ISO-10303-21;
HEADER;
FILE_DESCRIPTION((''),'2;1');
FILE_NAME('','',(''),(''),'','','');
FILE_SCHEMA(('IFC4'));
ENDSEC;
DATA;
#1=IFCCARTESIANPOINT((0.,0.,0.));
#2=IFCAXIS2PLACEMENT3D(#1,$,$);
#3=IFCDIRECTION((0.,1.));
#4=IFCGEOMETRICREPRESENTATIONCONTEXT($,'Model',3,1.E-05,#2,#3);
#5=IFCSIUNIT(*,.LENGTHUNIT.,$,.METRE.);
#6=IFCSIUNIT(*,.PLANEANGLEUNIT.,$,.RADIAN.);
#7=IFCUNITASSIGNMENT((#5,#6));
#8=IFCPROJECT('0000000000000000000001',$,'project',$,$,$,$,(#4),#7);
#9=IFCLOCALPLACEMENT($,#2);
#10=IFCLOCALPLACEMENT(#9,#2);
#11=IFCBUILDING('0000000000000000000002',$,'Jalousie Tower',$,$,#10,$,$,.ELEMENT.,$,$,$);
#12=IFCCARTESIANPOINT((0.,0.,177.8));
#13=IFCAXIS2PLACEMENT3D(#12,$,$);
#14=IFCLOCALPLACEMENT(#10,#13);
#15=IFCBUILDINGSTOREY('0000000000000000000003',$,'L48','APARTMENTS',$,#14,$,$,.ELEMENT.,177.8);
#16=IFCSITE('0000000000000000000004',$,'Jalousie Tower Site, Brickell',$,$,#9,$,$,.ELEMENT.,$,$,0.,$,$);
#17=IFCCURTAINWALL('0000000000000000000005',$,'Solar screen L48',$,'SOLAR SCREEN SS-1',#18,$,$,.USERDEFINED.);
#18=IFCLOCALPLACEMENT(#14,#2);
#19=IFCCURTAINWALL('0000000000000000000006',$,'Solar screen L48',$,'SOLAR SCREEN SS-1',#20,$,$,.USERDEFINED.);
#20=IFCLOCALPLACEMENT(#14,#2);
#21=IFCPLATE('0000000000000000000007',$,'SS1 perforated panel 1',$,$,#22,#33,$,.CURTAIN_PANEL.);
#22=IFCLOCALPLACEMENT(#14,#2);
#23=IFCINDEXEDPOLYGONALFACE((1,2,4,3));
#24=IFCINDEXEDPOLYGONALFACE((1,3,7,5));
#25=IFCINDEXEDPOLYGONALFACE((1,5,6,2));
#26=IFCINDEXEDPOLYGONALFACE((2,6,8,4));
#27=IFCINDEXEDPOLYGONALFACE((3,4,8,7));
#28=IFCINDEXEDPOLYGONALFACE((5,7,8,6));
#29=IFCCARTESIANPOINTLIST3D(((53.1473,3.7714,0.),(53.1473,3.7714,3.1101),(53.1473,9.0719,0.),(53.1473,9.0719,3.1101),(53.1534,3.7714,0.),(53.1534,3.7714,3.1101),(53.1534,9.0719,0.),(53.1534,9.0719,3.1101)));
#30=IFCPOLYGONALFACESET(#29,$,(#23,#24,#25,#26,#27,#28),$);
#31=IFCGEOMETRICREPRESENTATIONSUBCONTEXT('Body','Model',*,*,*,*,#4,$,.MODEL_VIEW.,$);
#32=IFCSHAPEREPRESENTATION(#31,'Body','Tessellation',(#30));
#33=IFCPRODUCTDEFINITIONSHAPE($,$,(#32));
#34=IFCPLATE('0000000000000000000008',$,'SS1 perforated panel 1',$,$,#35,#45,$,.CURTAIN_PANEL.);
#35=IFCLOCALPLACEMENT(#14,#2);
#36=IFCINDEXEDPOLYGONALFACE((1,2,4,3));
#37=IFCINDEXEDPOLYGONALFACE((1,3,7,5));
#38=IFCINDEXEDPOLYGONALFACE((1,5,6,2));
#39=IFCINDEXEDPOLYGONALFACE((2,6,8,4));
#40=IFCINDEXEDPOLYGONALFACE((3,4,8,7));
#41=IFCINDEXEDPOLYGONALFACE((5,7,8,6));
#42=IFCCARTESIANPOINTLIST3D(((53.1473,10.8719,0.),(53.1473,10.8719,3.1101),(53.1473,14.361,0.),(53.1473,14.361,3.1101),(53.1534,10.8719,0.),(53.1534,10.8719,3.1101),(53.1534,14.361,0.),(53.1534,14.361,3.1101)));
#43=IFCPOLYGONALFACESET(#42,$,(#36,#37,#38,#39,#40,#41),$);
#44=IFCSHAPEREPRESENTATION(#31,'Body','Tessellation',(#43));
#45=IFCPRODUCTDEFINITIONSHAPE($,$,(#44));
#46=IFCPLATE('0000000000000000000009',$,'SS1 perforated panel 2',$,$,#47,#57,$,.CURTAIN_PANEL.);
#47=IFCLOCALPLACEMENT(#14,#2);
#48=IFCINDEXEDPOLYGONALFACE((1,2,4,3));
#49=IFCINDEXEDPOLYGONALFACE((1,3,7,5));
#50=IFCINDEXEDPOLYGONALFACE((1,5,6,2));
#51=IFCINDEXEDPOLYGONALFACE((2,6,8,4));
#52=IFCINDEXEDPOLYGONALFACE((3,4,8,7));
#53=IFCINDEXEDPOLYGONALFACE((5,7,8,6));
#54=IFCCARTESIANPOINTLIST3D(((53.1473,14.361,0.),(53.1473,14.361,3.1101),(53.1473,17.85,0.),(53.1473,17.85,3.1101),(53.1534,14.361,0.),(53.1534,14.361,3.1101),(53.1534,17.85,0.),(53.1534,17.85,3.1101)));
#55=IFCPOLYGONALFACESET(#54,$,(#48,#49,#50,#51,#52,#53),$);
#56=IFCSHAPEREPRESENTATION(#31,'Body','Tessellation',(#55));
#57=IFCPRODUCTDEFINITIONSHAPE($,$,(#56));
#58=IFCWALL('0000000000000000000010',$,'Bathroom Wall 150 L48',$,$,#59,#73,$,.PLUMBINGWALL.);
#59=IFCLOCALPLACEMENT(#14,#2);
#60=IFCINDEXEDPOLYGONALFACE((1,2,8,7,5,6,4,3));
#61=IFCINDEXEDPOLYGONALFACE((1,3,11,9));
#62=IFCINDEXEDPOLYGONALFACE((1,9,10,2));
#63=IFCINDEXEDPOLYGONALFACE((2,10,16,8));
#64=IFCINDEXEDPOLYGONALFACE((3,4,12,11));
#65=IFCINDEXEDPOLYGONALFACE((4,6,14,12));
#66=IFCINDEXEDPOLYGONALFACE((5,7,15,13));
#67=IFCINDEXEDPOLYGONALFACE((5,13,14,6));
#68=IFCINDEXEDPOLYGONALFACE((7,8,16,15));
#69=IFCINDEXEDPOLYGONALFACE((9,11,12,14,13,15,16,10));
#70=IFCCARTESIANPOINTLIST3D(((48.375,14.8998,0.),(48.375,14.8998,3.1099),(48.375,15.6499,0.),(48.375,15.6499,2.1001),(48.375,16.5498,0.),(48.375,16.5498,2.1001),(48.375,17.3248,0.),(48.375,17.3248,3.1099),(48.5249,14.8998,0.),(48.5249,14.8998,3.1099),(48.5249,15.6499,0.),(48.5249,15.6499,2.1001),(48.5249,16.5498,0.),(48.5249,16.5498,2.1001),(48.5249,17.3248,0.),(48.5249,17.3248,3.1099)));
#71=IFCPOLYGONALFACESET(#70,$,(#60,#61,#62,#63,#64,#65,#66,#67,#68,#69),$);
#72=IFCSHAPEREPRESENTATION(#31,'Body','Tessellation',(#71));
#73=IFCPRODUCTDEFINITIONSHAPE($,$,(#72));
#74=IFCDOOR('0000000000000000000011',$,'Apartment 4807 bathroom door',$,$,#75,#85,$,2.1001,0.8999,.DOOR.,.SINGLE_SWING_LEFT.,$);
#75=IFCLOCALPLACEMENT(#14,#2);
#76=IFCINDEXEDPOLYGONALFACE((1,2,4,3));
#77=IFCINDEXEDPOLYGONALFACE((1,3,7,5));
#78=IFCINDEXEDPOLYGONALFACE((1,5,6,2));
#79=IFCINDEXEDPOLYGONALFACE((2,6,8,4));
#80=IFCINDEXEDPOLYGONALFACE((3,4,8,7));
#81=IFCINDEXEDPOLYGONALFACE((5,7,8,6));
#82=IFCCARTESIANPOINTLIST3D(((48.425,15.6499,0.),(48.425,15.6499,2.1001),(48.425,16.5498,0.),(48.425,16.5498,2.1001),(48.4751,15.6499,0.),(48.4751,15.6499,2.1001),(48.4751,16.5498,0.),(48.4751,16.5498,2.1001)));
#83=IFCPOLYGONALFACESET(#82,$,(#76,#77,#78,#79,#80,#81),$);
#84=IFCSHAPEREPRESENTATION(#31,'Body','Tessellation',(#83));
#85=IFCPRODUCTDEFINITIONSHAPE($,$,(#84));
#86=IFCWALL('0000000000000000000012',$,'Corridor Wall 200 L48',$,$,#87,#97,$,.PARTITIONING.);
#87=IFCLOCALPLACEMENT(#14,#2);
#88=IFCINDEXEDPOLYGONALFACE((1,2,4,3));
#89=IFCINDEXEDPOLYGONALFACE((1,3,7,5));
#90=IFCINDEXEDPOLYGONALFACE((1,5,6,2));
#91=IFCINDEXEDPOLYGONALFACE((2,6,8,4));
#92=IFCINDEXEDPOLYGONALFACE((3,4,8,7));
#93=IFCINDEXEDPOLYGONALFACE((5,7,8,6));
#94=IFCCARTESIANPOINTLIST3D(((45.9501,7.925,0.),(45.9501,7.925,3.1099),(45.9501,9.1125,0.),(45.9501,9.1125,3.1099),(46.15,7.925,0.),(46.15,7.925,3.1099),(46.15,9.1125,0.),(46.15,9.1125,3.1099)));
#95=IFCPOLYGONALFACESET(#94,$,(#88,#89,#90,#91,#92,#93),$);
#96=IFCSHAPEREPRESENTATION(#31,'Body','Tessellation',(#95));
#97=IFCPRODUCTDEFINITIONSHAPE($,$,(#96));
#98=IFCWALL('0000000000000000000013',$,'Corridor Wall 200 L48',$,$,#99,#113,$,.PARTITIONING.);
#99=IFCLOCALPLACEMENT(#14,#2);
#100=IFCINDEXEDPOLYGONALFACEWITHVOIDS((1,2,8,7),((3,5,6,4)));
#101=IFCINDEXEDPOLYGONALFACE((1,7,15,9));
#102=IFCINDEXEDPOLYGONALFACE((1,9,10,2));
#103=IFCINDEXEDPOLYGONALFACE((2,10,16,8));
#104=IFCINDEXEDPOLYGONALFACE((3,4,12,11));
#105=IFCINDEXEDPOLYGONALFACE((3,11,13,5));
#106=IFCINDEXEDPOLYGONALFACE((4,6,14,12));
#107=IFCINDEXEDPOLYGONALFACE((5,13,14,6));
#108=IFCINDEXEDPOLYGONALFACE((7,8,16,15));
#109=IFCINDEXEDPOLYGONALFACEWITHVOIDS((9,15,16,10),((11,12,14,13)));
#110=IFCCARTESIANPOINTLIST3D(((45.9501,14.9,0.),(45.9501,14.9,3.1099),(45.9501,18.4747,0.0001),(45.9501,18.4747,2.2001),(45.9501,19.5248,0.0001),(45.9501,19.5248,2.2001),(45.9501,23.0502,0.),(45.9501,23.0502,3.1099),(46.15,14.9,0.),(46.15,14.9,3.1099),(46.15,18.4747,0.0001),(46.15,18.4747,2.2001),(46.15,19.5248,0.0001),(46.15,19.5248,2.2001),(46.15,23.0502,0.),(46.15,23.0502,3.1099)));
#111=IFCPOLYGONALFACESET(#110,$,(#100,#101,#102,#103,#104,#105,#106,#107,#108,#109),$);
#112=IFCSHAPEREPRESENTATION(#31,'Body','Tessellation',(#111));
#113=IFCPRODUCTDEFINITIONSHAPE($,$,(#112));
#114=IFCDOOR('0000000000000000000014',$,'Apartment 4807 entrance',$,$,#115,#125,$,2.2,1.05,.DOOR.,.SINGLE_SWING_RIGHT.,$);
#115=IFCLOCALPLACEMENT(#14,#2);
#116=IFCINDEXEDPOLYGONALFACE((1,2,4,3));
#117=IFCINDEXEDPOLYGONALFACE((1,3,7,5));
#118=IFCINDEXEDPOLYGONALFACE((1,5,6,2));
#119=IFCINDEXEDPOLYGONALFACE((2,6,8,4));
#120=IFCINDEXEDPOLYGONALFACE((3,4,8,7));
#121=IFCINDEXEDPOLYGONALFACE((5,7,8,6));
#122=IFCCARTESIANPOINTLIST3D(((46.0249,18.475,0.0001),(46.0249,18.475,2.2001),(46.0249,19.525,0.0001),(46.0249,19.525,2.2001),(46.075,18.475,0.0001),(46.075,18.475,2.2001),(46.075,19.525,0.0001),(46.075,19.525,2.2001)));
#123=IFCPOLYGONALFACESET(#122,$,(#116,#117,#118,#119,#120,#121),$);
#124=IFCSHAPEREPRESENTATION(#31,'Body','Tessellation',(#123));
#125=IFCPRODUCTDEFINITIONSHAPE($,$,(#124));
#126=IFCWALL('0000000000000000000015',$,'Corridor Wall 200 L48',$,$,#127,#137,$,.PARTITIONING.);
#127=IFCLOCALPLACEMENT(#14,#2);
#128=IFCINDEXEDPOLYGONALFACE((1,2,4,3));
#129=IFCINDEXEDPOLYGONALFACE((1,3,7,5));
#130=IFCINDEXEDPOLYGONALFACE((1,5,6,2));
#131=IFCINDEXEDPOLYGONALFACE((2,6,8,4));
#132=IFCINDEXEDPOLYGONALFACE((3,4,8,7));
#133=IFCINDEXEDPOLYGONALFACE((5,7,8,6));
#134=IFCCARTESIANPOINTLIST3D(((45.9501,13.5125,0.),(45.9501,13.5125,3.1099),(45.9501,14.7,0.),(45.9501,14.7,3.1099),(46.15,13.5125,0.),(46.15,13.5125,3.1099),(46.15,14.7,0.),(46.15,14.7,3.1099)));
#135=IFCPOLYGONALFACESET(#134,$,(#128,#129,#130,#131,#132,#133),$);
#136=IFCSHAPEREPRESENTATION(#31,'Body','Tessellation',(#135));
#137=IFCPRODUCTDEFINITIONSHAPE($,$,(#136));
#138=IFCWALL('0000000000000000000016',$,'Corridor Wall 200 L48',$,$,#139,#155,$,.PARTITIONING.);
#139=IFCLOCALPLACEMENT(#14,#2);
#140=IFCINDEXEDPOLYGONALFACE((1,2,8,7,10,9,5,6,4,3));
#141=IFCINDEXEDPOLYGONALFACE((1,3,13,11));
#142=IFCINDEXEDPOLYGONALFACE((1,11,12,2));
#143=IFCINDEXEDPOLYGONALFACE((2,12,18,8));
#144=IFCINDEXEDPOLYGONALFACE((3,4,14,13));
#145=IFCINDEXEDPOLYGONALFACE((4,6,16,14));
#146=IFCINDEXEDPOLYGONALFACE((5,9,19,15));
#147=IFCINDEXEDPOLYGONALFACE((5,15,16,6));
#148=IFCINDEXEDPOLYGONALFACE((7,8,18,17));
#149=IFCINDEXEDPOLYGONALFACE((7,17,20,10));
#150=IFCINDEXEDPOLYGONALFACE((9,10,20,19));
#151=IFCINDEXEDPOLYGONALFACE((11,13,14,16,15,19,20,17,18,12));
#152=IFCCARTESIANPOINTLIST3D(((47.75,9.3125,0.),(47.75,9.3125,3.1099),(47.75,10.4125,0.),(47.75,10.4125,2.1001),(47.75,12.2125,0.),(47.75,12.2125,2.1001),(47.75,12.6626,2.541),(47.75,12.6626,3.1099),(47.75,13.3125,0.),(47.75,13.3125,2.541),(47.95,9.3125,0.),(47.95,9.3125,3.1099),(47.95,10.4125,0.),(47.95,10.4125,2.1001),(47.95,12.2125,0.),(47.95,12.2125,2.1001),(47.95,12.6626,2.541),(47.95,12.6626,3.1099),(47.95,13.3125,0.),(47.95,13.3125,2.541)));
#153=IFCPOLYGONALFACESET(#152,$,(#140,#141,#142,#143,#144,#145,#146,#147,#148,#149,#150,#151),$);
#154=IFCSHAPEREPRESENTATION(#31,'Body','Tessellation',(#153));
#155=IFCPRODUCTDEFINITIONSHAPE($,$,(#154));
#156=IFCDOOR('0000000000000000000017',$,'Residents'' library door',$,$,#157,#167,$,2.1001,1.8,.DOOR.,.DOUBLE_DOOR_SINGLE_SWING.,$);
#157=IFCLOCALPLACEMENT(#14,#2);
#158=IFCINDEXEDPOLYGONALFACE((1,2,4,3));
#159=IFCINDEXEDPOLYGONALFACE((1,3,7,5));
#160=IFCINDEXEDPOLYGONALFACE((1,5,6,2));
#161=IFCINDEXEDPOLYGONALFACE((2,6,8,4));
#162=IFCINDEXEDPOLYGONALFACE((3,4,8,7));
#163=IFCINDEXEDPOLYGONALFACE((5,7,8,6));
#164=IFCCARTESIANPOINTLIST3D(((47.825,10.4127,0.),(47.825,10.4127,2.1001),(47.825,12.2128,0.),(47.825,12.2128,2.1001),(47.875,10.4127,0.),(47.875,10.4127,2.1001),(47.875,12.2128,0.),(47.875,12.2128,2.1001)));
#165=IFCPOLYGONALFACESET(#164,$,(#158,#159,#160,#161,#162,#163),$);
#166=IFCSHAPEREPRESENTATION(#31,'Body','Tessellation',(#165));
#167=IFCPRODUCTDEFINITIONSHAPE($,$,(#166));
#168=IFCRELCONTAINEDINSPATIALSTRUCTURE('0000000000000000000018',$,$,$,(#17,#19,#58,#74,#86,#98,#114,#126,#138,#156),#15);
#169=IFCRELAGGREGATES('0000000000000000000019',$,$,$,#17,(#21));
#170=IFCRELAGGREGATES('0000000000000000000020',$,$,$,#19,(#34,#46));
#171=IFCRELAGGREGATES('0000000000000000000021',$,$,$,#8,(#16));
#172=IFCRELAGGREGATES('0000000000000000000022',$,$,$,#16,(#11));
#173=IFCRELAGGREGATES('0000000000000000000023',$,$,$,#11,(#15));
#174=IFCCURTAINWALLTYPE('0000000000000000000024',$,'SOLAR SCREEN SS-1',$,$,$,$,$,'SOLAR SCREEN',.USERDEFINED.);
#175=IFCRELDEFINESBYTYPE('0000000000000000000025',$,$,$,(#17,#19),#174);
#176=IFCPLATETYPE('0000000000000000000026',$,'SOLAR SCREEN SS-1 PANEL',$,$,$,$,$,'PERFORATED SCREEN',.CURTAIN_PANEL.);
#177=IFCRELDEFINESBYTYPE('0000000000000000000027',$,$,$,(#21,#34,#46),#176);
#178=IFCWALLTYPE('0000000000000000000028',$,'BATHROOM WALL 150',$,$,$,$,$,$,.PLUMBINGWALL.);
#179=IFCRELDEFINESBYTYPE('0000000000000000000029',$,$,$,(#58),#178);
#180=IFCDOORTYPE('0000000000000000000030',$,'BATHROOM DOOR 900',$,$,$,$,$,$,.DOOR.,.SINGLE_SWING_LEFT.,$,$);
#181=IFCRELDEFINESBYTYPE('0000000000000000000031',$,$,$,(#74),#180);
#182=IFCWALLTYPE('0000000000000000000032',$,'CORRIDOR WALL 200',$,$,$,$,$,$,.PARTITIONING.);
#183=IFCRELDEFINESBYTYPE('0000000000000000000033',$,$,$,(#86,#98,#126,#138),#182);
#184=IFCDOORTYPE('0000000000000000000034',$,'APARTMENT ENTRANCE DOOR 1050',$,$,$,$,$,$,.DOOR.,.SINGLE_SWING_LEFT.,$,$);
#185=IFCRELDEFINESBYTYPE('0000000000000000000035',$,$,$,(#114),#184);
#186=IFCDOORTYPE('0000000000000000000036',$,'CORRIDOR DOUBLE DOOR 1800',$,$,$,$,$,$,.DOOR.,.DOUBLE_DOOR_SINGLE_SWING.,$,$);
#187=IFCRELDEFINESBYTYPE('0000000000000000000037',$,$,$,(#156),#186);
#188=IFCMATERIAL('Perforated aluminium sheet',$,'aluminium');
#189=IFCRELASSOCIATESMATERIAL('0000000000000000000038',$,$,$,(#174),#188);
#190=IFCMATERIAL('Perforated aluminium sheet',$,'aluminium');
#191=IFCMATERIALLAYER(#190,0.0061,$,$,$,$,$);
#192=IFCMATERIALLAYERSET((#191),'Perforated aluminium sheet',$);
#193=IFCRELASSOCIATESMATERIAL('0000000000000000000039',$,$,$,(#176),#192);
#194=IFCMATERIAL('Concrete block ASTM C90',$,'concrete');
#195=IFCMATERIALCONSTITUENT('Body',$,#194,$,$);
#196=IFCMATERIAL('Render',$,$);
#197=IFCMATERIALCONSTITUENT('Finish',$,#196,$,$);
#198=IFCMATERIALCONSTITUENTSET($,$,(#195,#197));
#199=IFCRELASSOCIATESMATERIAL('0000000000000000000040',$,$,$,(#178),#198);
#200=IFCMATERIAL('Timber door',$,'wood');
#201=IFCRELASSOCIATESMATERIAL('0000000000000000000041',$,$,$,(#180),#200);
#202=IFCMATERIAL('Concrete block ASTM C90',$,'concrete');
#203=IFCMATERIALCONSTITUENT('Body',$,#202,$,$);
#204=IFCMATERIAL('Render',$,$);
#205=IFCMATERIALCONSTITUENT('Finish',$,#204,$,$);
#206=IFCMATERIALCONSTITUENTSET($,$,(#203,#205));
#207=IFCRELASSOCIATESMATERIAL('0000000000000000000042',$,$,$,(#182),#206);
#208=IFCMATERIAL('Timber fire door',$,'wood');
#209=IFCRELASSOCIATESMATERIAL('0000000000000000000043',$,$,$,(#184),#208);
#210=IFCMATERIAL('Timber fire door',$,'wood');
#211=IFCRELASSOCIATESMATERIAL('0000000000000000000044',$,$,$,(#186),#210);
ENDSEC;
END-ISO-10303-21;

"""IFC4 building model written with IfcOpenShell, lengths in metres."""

from ifc_helpers import new_model, si_unit, direction, frame, frame_2d, origin, origin_2d, place, context, subcontext, project, spatial, polyline, rectangle, outline, extrude, material, layer, layer_set, constituent, constituent_set, type_object, element, fill, aggregate, save


model = new_model("IFC4")

# Units and contexts
model_context = context("Model", 3, precision=1e-05, world=origin(), true_north=direction((0.0, 1.0)))
body_context = subcontext(model_context, "Body", "Model", "MODEL_VIEW")
ifc_project = project(units=[si_unit("LENGTHUNIT", "METRE"), si_unit("PLANEANGLEUNIT", "RADIAN")], contexts=[model_context])

# Site, building, storey
site_placement = place(None, origin())
site = spatial("IfcSite", under=ifc_project, at=site_placement, Name="Jalousie Tower Site, Brickell", CompositionType="ELEMENT", RefElevation=0.0)
building_placement = place(site_placement, origin())
building = spatial("IfcBuilding", under=site, at=building_placement, Name="Jalousie Tower", CompositionType="ELEMENT")
storey_placement = place(building_placement, frame((0.0, 0.0, 177.8)))
storey = spatial("IfcBuildingStorey", under=building, at=storey_placement, Name="L48", Description="APARTMENTS", CompositionType="ELEMENT", Elevation=177.8)

# Curtain wall
ifc_material_1 = material(Name="Perforated aluminium sheet", Category="aluminium")
curtain_wall_type = type_object("IfcCurtainWallType", Name="SOLAR SCREEN SS-1", ElementType="SOLAR SCREEN", PredefinedType="USERDEFINED", material=ifc_material_1)
curtain_wall_1_placement = place(storey_placement, origin())
curtain_wall_1 = element("IfcCurtainWall", 1, at=curtain_wall_1_placement, inside=storey, type_object=curtain_wall_type, Name="Solar screen L48", ObjectType="SOLAR SCREEN SS-1", PredefinedType="USERDEFINED")

# Curtain wall
curtain_wall_2_placement = place(storey_placement, origin())
curtain_wall_2 = element("IfcCurtainWall", 2, at=curtain_wall_2_placement, inside=storey, type_object=curtain_wall_type, Name="Solar screen L48", ObjectType="SOLAR SCREEN SS-1", PredefinedType="USERDEFINED")

# Plates
ifc_material_2 = material(Name="Perforated aluminium sheet", Category="aluminium")
ifc_layer_1 = layer(ifc_material_2, 0.0061)
ifc_layer_set_1 = layer_set([ifc_layer_1], Name="Perforated aluminium sheet")
plate_type = type_object("IfcPlateType", Name="SOLAR SCREEN SS-1 PANEL", ElementType="PERFORATED SCREEN", PredefinedType="CURTAIN_PANEL", material=ifc_layer_set_1)
plate_1_placement = place(storey_placement, frame((53.1504, 6.4216, 0.0), z_axis=(0.0, 0.0, 1.0), x_axis=(0.0, 1.0, 0.0)))
plate_1 = element("IfcPlate", 3, at=plate_1_placement, type_object=plate_type, Name="SS1 perforated panel 1", PredefinedType="CURTAIN_PANEL", context=body_context, shape_type="SweptSolid", body=[
    extrude(rectangle(XDim=5.3005, YDim=0.0061, at=origin_2d()), origin(), (0.0, 0.0, 1.0), 3.1101),
])
aggregate(curtain_wall_1, [plate_1])
plate_2_placement = place(storey_placement, frame((53.1504, 12.6165, 0.0), z_axis=(0.0, 0.0, 1.0), x_axis=(0.0, 1.0, 0.0)))
plate_2 = element("IfcPlate", 4, at=plate_2_placement, type_object=plate_type, Name="SS1 perforated panel 1", PredefinedType="CURTAIN_PANEL", context=body_context, shape_type="SweptSolid", body=[
    extrude(rectangle(XDim=3.489, YDim=0.0061, at=origin_2d()), origin(), (0.0, 0.0, 1.0), 3.1101),
])
plate_3_placement = place(storey_placement, frame((53.1504, 16.1055, 0.0), z_axis=(0.0, 0.0, 1.0), x_axis=(0.0, 1.0, 0.0)))
plate_3 = element("IfcPlate", 5, at=plate_3_placement, type_object=plate_type, Name="SS1 perforated panel 2", PredefinedType="CURTAIN_PANEL", context=body_context, shape_type="SweptSolid", body=[
    extrude(rectangle(XDim=3.489, YDim=0.0061, at=origin_2d()), origin(), (0.0, 0.0, 1.0), 3.1101),
])
aggregate(curtain_wall_2, [plate_2, plate_3])

# Wall, opening, door
ifc_material_3 = material(Name="Concrete block ASTM C90", Category="concrete")
ifc_constituent_1 = constituent(ifc_material_3, Name="Body")
ifc_material_4 = material(Name="Render")
ifc_constituent_2 = constituent(ifc_material_4, Name="Finish")
ifc_constituent_set_1 = constituent_set(constituents=[ifc_constituent_1, ifc_constituent_2])
wall_type_1 = type_object("IfcWallType", Name="BATHROOM WALL 150", PredefinedType="PLUMBINGWALL", material=ifc_constituent_set_1)
wall_1_placement = place(storey_placement, frame((48.45, 14.8999, 0.0), z_axis=(0.0, 0.0, 1.0), x_axis=(0.0, 1.0, 0.0)))
wall_1 = element("IfcWall", 6, at=wall_1_placement, inside=storey, type_object=wall_type_1, Name="Bathroom Wall 150 L48", PredefinedType="PLUMBINGWALL", context=body_context, shape_type="SweptSolid", body=[
    extrude(rectangle(XDim=2.425, YDim=0.1499, at=frame_2d((1.2124, 0.0))), origin(), (0.0, 0.0, 1.0), 3.1099),
])
opening_1_placement = place(wall_1_placement, frame((0.75, 0.0, 0.0)))
opening_1 = element("IfcOpeningElement", 7, at=opening_1_placement, cuts=wall_1, PredefinedType="OPENING", context=body_context, shape_type="SweptSolid", body=[
    extrude(rectangle(XDim=0.8999, YDim=2.1001, at=frame_2d((0.45, 1.05))), frame((0.0, 0.085, 0.0), z_axis=(0.0, -1.0, 0.0), x_axis=(1.0, 0.0, 0.0)), (0.0, 0.0, 1.0), 0.1699),
])
ifc_material_5 = material(Name="Timber door", Category="wood")
door_type_1 = type_object("IfcDoorType", Name="BATHROOM DOOR 900", OperationType="SINGLE_SWING_LEFT", PredefinedType="DOOR", material=ifc_material_5)
door_1_placement = place(opening_1_placement, origin())
door_1 = element("IfcDoor", 8, at=door_1_placement, inside=storey, type_object=door_type_1, Name="Apartment 4807 bathroom door", OperationType="SINGLE_SWING_LEFT", OverallHeight=2.1001, OverallWidth=0.8999, PredefinedType="DOOR", context=body_context, shape_type="SweptSolid", body=[
    extrude(rectangle(XDim=0.8999, YDim=2.1001, at=frame_2d((0.45, 1.05))), frame((0.0, 0.0249, 0.0), z_axis=(0.0, -1.0, 0.0), x_axis=(1.0, 0.0, 0.0)), (0.0, 0.0, 1.0), 0.05),
])
fill(opening_1, door_1)

# Wall
ifc_material_6 = material(Name="Concrete block ASTM C90", Category="concrete")
ifc_constituent_3 = constituent(ifc_material_6, Name="Body")
ifc_material_7 = material(Name="Render")
ifc_constituent_4 = constituent(ifc_material_7, Name="Finish")
ifc_constituent_set_2 = constituent_set(constituents=[ifc_constituent_3, ifc_constituent_4])
wall_type_2 = type_object("IfcWallType", Name="CORRIDOR WALL 200", PredefinedType="PARTITIONING", material=ifc_constituent_set_2)
wall_2_placement = place(storey_placement, frame((46.05, 7.925, 0.0), z_axis=(0.0, 0.0, 1.0), x_axis=(0.0, 1.0, 0.0)))
element("IfcWall", 9, at=wall_2_placement, inside=storey, type_object=wall_type_2, Name="Corridor Wall 200 L48", PredefinedType="PARTITIONING", context=body_context, shape_type="SweptSolid", body=[
    extrude(rectangle(XDim=1.1875, YDim=0.2, at=frame_2d((0.5938, 0.0))), origin(), (0.0, 0.0, 1.0), 3.1099),
])

# Wall, opening, door
wall_3_placement = place(storey_placement, frame((46.05, 14.8999, 0.0), z_axis=(0.0, 0.0, 1.0), x_axis=(0.0, 1.0, 0.0)))
wall_3 = element("IfcWall", 10, at=wall_3_placement, inside=storey, type_object=wall_type_2, Name="Corridor Wall 200 L48", PredefinedType="PARTITIONING", context=body_context, shape_type="SweptSolid", body=[
    extrude(rectangle(XDim=8.1501, YDim=0.2, at=frame_2d((4.0752, 0.0))), origin(), (0.0, 0.0, 1.0), 3.1099),
])
opening_2_placement = place(wall_3_placement, frame((3.575, 0.0, 0.0)))
opening_2 = element("IfcOpeningElement", 11, at=opening_2_placement, cuts=wall_3, PredefinedType="OPENING", context=body_context, shape_type="SweptSolid", body=[
    extrude(rectangle(XDim=1.05, YDim=2.2, at=frame_2d((0.5249, 1.1001))), frame((0.0, 0.1099, 0.0), z_axis=(0.0, -1.0, 0.0), x_axis=(1.0, 0.0, 0.0)), (0.0, 0.0, 1.0), 0.22),
])
ifc_material_8 = material(Name="Timber fire door", Category="wood")
door_type_2 = type_object("IfcDoorType", Name="APARTMENT ENTRANCE DOOR 1050", OperationType="SINGLE_SWING_LEFT", PredefinedType="DOOR", material=ifc_material_8)
door_2_placement = place(opening_2_placement, frame((1.05, 0.0, 0.0), z_axis=(0.0, 0.0, 1.0), x_axis=(-1.0, 0.0, 0.0)))
door_2 = element("IfcDoor", 12, at=door_2_placement, inside=storey, type_object=door_type_2, Name="Apartment 4807 entrance", OperationType="SINGLE_SWING_RIGHT", OverallHeight=2.2, OverallWidth=1.05, PredefinedType="DOOR", context=body_context, shape_type="SweptSolid", body=[
    extrude(rectangle(XDim=1.05, YDim=2.2, at=frame_2d((0.5249, 1.1001))), frame((0.0, 0.0249, 0.0), z_axis=(0.0, -1.0, 0.0), x_axis=(1.0, 0.0, 0.0)), (0.0, 0.0, 1.0), 0.05),
])
fill(opening_2, door_2)

# Wall
wall_4_placement = place(storey_placement, frame((46.05, 13.5125, 0.0), z_axis=(0.0, 0.0, 1.0), x_axis=(0.0, 1.0, 0.0)))
element("IfcWall", 13, at=wall_4_placement, inside=storey, type_object=wall_type_2, Name="Corridor Wall 200 L48", PredefinedType="PARTITIONING", context=body_context, shape_type="SweptSolid", body=[
    extrude(rectangle(XDim=1.1875, YDim=0.2, at=frame_2d((0.5938, 0.0))), origin(), (0.0, 0.0, 1.0), 3.1099),
])

# Wall, opening, door
wall_5_placement = place(storey_placement, frame((47.8501, 9.3125, 0.0), z_axis=(0.0, 0.0, 1.0), x_axis=(0.0, 1.0, 0.0)))
wall_5 = element("IfcWall", 14, at=wall_5_placement, inside=storey, type_object=wall_type_2, Name="Corridor Wall 200 L48", PredefinedType="PARTITIONING", context=body_context, shape_type="SweptSolid", body=[
    extrude(outline(polyline([(0.0, 0.0), (4.0, 0.0), (4.0, 3.1099), (4.0, 2.541), (3.3501, 2.541), (3.3501, 3.1099), (0.0, 3.1099), (0.0, 0.0)])), frame((0.0, 0.1001, 0.0), z_axis=(0.0, -1.0, 0.0), x_axis=(1.0, 0.0, 0.0)), (0.0, 0.0, 1.0), 0.2),
])
opening_3_placement = place(wall_5_placement, frame((1.1001, 0.0, 0.0)))
opening_3 = element("IfcOpeningElement", 15, at=opening_3_placement, cuts=wall_5, PredefinedType="OPENING", context=body_context, shape_type="SweptSolid", body=[
    extrude(rectangle(XDim=1.8, YDim=2.1001, at=frame_2d((0.8999, 1.05))), frame((0.0, 0.1099, 0.0), z_axis=(0.0, -1.0, 0.0), x_axis=(1.0, 0.0, 0.0)), (0.0, 0.0, 1.0), 0.22),
])
ifc_material_9 = material(Name="Timber fire door", Category="wood")
door_type_3 = type_object("IfcDoorType", Name="CORRIDOR DOUBLE DOOR 1800", OperationType="DOUBLE_DOOR_SINGLE_SWING", PredefinedType="DOOR", material=ifc_material_9)
door_3_placement = place(opening_3_placement, frame((1.8, 0.0, 0.0), z_axis=(0.0, 0.0, 1.0), x_axis=(-1.0, 0.0, 0.0)))
door_3 = element("IfcDoor", 16, at=door_3_placement, inside=storey, type_object=door_type_3, Name="Residents' library door", OperationType="DOUBLE_DOOR_SINGLE_SWING", OverallHeight=2.1001, OverallWidth=1.8, PredefinedType="DOOR", context=body_context, shape_type="SweptSolid", body=[
    extrude(rectangle(XDim=1.8, YDim=2.1001, at=frame_2d((0.8999, 1.05))), frame((0.0, 0.0249, 0.0), z_axis=(0.0, -1.0, 0.0), x_axis=(1.0, 0.0, 0.0)), (0.0, 0.0, 1.0), 0.05),
])
fill(opening_3, door_3)

save(model, "model.ifc")
